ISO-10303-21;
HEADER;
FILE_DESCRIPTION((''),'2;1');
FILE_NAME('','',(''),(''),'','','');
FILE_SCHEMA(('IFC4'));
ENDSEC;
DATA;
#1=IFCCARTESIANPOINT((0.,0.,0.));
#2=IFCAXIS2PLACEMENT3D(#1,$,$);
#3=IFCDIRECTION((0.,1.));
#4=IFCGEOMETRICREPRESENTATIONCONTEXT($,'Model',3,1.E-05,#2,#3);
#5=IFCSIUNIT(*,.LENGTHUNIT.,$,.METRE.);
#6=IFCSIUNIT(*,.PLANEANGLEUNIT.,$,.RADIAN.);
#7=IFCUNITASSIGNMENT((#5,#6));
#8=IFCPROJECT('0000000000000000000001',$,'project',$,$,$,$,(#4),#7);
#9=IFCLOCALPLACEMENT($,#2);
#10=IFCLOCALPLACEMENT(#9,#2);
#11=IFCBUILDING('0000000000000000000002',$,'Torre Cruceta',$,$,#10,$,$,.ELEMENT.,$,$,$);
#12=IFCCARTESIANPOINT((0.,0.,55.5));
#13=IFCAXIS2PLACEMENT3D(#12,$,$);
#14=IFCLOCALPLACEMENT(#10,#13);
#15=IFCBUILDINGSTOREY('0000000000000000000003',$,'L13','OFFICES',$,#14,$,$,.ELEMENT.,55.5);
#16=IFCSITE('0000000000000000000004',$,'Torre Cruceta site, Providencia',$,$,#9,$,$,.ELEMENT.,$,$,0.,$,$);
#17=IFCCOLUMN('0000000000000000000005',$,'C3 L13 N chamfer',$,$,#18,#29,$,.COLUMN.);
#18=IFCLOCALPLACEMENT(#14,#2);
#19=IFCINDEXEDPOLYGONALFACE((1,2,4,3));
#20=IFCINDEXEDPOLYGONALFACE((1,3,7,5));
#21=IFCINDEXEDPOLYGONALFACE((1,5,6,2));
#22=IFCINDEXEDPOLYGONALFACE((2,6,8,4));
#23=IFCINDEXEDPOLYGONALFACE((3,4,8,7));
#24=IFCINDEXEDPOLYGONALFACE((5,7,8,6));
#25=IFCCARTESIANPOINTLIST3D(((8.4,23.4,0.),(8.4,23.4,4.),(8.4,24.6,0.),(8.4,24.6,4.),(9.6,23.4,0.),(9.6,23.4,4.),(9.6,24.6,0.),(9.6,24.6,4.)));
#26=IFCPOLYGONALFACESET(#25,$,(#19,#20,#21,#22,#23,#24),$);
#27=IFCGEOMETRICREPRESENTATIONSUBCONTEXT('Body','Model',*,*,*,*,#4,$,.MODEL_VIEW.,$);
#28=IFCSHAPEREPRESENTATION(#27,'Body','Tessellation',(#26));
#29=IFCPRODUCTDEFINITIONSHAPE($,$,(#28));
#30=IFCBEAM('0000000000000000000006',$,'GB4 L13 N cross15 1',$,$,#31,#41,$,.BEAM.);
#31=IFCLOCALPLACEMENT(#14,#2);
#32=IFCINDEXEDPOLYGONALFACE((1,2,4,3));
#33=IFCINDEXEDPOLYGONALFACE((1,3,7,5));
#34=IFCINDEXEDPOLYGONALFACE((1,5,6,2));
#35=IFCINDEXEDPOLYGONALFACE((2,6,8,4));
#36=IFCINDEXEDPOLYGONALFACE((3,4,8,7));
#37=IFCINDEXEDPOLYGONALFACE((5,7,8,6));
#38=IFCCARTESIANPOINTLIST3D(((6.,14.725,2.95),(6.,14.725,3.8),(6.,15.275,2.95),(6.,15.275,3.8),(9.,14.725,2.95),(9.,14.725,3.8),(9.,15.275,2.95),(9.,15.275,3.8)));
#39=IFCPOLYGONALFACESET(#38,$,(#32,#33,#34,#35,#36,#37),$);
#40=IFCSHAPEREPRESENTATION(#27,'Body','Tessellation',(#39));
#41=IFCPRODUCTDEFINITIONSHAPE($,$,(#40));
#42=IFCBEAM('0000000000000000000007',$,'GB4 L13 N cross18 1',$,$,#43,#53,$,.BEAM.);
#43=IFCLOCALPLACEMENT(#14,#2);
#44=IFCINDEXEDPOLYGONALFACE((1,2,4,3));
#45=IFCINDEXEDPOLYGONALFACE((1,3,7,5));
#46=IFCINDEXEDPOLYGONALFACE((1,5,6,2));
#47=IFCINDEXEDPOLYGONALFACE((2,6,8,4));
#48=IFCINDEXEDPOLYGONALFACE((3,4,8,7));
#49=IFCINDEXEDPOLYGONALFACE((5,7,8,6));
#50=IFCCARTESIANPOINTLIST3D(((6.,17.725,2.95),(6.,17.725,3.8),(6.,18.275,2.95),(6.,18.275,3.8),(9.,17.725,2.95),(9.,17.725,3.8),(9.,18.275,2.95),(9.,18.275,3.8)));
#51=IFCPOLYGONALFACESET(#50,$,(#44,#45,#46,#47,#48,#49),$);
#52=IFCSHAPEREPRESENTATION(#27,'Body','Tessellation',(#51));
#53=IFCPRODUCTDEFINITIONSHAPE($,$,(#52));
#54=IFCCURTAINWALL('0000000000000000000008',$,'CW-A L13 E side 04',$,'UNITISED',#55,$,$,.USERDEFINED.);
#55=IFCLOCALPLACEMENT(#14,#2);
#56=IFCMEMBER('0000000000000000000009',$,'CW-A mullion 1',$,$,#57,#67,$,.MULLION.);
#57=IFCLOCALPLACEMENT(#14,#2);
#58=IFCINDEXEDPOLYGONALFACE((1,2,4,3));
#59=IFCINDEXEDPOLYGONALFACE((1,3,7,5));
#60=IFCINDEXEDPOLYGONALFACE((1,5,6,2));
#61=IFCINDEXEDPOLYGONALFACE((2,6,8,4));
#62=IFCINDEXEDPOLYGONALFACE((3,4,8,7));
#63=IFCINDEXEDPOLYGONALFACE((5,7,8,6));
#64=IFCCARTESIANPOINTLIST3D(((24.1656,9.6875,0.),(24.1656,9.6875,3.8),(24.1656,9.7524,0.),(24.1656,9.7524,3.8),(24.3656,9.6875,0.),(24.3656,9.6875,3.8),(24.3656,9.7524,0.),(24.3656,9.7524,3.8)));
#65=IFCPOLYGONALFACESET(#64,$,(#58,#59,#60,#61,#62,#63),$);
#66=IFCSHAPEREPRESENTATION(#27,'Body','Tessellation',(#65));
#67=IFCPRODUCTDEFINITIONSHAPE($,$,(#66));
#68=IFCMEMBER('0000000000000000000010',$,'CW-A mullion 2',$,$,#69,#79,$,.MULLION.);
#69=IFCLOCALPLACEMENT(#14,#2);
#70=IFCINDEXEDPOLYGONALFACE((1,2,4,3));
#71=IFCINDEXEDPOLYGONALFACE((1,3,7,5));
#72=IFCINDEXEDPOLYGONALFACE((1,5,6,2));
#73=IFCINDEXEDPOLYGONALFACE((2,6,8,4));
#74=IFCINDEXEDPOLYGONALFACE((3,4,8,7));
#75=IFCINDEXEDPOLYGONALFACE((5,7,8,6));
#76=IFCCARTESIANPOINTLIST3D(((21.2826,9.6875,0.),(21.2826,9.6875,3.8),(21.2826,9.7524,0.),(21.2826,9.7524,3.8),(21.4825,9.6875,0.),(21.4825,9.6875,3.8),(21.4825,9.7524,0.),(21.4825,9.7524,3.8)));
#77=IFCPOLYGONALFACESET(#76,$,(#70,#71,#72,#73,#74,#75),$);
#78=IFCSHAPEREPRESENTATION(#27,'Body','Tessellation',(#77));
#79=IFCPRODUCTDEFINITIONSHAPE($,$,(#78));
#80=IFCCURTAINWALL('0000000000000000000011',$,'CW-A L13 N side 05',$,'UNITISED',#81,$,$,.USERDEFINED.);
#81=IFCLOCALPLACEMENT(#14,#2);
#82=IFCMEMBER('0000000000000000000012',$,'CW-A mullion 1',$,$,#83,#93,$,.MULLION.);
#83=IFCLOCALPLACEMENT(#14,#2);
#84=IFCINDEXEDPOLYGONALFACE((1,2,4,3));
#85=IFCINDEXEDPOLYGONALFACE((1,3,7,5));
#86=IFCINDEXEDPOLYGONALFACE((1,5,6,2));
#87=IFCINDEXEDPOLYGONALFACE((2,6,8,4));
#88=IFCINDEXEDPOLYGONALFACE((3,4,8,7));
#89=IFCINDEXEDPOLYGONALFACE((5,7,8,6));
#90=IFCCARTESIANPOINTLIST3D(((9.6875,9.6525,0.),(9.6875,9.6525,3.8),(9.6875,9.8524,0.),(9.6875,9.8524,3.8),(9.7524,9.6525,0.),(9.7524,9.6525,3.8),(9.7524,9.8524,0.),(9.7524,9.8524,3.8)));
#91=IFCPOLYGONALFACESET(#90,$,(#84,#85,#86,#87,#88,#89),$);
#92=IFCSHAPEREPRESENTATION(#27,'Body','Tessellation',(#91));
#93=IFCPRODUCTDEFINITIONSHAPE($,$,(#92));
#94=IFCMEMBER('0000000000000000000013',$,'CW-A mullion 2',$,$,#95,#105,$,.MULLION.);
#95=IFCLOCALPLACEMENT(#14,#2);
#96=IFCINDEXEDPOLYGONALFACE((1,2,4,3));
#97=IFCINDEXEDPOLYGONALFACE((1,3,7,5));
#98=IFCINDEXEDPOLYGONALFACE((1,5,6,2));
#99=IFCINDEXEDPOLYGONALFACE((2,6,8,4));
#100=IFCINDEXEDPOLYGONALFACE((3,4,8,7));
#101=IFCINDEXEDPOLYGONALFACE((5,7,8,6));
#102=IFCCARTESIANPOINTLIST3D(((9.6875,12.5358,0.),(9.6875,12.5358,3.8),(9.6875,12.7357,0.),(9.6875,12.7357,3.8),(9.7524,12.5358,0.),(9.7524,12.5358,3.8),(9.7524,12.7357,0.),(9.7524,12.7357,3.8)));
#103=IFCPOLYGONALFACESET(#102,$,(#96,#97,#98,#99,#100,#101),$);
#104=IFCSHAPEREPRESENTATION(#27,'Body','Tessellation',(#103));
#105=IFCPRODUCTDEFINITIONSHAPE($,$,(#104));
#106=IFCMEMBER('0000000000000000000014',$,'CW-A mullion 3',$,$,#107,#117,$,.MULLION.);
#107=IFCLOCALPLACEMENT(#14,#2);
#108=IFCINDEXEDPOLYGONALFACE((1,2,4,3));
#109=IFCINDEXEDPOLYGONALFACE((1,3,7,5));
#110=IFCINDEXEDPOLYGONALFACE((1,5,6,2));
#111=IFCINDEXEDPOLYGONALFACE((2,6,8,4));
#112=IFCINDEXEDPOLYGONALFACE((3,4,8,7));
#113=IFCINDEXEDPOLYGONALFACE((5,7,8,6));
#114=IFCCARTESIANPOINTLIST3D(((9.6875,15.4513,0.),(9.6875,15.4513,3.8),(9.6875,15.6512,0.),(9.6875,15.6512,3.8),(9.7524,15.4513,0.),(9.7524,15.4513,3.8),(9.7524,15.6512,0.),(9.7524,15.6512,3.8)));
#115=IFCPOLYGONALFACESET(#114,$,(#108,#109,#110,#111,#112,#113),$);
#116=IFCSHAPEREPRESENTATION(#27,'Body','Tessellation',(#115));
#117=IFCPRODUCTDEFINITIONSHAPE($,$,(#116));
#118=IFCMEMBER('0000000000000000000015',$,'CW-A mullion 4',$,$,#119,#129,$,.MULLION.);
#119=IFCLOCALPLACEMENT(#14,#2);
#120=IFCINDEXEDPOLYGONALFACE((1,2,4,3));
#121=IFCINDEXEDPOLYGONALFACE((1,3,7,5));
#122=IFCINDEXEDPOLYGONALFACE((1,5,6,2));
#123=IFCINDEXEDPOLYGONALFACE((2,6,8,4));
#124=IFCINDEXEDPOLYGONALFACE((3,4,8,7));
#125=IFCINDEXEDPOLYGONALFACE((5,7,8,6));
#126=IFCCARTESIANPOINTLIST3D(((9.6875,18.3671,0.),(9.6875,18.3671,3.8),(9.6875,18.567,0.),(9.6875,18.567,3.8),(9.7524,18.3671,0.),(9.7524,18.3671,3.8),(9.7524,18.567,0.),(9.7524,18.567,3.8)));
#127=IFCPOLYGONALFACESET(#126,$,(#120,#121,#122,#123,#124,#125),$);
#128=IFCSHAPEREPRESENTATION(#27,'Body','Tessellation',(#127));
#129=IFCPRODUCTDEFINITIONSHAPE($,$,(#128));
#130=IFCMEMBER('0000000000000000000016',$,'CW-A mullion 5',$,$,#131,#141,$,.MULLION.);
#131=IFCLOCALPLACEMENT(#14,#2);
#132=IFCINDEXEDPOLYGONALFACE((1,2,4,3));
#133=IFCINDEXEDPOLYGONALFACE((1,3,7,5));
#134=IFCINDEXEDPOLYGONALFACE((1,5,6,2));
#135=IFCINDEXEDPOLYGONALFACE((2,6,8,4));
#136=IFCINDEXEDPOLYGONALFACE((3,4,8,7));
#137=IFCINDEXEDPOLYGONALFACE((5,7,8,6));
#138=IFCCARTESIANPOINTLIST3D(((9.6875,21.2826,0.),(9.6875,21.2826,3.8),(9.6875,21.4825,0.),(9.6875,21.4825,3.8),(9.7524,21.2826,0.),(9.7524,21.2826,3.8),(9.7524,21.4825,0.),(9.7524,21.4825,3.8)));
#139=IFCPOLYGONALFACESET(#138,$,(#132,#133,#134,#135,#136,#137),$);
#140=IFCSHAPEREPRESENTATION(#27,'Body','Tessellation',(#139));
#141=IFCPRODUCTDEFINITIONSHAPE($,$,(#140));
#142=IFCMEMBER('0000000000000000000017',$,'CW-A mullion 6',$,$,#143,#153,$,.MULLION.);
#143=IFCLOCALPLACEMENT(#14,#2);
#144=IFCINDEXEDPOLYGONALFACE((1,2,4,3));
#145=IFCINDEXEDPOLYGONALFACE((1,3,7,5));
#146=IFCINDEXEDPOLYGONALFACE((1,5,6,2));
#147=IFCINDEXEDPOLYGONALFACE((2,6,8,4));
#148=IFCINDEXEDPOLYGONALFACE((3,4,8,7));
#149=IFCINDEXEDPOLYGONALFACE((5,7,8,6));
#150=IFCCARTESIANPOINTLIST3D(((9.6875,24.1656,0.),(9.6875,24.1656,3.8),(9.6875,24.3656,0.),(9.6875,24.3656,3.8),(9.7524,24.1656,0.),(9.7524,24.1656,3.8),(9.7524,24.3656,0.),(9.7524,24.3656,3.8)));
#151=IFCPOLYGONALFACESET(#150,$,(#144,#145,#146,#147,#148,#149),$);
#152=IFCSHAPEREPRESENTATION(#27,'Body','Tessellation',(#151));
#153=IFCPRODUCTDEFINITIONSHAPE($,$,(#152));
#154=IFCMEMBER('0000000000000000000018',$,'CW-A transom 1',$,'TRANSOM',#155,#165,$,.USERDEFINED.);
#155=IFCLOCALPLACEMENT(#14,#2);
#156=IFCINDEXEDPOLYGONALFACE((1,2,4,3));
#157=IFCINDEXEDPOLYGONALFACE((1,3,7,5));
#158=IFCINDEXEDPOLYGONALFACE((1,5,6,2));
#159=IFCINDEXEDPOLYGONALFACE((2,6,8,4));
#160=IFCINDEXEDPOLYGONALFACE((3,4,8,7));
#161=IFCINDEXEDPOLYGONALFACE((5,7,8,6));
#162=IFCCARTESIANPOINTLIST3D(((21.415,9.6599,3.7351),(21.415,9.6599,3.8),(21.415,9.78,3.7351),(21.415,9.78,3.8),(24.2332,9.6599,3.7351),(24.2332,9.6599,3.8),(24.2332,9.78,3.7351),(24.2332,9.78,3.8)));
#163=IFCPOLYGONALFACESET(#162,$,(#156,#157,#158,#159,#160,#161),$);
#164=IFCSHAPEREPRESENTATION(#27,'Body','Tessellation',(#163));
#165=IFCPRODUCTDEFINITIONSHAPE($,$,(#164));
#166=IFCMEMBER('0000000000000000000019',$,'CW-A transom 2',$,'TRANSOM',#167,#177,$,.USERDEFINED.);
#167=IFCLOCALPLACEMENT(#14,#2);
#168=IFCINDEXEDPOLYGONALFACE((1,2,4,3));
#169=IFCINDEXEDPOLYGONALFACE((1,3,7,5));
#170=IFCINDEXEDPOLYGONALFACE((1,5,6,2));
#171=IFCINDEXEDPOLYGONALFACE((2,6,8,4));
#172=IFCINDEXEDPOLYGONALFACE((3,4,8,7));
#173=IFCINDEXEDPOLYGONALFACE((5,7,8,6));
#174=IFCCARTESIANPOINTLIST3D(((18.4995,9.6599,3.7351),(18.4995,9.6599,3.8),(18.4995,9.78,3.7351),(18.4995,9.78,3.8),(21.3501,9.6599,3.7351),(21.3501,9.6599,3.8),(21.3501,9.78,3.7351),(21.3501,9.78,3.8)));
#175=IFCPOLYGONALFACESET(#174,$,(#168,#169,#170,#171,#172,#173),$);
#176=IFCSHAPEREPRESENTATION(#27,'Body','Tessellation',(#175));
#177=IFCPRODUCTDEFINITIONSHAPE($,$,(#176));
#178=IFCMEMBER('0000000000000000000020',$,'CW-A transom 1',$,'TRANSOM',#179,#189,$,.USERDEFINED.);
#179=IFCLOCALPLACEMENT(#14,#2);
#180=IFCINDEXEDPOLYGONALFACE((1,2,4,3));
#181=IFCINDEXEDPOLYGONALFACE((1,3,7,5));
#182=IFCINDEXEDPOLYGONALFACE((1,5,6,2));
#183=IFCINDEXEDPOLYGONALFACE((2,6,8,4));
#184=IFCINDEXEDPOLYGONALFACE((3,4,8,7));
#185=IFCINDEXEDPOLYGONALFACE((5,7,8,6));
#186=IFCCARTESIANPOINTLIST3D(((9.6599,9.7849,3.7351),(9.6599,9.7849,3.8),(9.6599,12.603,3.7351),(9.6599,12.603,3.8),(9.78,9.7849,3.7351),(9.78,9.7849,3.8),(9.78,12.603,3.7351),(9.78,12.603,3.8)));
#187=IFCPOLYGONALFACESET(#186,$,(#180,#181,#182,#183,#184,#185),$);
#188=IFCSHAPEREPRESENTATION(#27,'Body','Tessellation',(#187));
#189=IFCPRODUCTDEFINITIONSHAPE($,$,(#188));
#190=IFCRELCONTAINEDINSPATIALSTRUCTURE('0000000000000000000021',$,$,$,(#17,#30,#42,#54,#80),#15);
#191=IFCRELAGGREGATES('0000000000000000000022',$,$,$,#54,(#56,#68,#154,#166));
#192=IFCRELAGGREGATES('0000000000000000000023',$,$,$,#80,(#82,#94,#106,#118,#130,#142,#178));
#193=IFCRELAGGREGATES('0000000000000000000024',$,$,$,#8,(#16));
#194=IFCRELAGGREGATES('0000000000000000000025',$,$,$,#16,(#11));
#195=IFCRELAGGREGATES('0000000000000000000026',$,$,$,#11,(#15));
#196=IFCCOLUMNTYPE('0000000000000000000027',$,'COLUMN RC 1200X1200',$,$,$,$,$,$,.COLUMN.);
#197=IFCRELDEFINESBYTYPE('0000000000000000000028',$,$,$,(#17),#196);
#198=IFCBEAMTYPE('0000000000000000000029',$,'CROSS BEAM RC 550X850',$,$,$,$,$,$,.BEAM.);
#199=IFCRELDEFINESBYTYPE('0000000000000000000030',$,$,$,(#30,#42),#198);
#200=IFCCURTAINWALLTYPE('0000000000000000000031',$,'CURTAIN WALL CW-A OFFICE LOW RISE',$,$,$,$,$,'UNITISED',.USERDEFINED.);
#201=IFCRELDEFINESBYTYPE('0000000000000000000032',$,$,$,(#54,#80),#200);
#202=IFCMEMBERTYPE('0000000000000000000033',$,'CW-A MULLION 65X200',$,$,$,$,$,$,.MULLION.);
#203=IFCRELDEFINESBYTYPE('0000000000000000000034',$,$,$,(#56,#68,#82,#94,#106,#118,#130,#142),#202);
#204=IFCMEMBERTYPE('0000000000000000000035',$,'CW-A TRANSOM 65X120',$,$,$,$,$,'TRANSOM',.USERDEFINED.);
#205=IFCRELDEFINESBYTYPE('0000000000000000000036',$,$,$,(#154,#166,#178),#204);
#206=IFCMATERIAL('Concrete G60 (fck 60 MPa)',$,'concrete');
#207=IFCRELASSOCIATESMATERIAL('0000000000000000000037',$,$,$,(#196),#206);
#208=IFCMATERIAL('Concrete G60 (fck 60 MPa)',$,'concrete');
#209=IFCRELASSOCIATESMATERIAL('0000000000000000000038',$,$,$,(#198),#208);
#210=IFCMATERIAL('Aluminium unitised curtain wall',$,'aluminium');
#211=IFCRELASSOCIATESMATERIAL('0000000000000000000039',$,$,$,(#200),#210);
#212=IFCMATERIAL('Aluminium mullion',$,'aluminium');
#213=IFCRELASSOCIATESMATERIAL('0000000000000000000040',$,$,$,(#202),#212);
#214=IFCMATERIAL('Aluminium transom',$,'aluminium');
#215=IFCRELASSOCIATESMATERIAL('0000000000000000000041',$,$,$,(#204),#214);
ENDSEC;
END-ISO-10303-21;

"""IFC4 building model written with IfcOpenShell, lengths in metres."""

from ifc_helpers import new_model, si_unit, direction, frame, origin, origin_2d, place, context, subcontext, project, spatial, rectangle, extrude, material, material_profile, profile_set, type_object, element, aggregate, save


model = new_model("IFC4")

# Units and contexts
model_context = context("Model", 3, precision=1e-05, world=origin(), true_north=direction((0.0, 1.0)))
body_context = subcontext(model_context, "Body", "Model", "MODEL_VIEW")
ifc_project = project(units=[si_unit("LENGTHUNIT", "METRE"), si_unit("PLANEANGLEUNIT", "RADIAN")], contexts=[model_context])

# Site, building, storey
site_placement = place(None, origin())
site = spatial("IfcSite", under=ifc_project, at=site_placement, Name="Torre Cruceta site, Providencia", CompositionType="ELEMENT", RefElevation=0.0)
building_placement = place(site_placement, origin())
building = spatial("IfcBuilding", under=site, at=building_placement, Name="Torre Cruceta", CompositionType="ELEMENT")
storey_placement = place(building_placement, frame((0.0, 0.0, 55.5)))
storey = spatial("IfcBuildingStorey", under=building, at=storey_placement, Name="L13", Description="OFFICES", CompositionType="ELEMENT", Elevation=55.5)

# Column
ifc_material_1 = material(Name="Concrete G60 (fck 60 MPa)", Category="concrete")
ifc_material_profile_1 = material_profile(ifc_material_1, rectangle(XDim=1.2, YDim=1.2, at=origin_2d()), Name="RC 1200X1200")
ifc_profile_set_1 = profile_set([ifc_material_profile_1], Name="Concrete G60 (fck 60 MPa)")
column_type = type_object("IfcColumnType", Name="COLUMN RC 1200X1200", PredefinedType="COLUMN", material=ifc_profile_set_1)
column_placement = place(storey_placement, frame((9.0, 24.0, 0.0), z_axis=(0.0, 0.0, 1.0), x_axis=(1.0, 0.0, 0.0)))
element("IfcColumn", 1, at=column_placement, inside=storey, type_object=column_type, Name="C3 L13 N chamfer", PredefinedType="COLUMN", context=body_context, shape_type="SweptSolid", body=[
    extrude(rectangle(XDim=1.2, YDim=1.2, at=origin_2d()), origin(), (0.0, 0.0, 1.0), 4.0),
])

# Beams
ifc_material_2 = material(Name="Concrete G60 (fck 60 MPa)", Category="concrete")
ifc_material_profile_2 = material_profile(ifc_material_2, rectangle(XDim=0.55, YDim=0.8501, at=origin_2d()), Name="RC 550X850")
ifc_profile_set_2 = profile_set([ifc_material_profile_2], Name="Concrete G60 (fck 60 MPa)")
beam_type_1 = type_object("IfcBeamType", Name="CROSS BEAM RC 550X850", PredefinedType="BEAM", material=ifc_profile_set_2)
for number, where, z_axis, x_axis, name in (
    (2, (9.0, 15.0, 3.375), (-1.0, 0.0, 0.0), (0.0, -1.0, 0.0), "GB4 L13 N cross15 1"),
    (3, (9.0, 18.0, 3.375), (-1.0, 0.0, 0.0), (0.0, -1.0, 0.0), "GB4 L13 N cross18 1"),
):
    element("IfcBeam", number, at=place(storey_placement, frame(where, z_axis=z_axis, x_axis=x_axis)), inside=storey, type_object=beam_type_1, Name=name, PredefinedType="BEAM", context=body_context, shape_type="SweptSolid", body=[
        extrude(rectangle(XDim=0.55, YDim=0.8501, at=origin_2d()), origin(), (0.0, 0.0, 1.0), 3.0),
    ])

# Curtain walls, members
ifc_material_3 = material(Name="Aluminium unitised curtain wall", Category="aluminium")
curtain_wall_type = type_object("IfcCurtainWallType", Name="CURTAIN WALL CW-A OFFICE LOW RISE", ElementType="UNITISED", PredefinedType="USERDEFINED", material=ifc_material_3)
curtain_wall_1_placement = place(storey_placement, origin())
curtain_wall_1 = element("IfcCurtainWall", 4, at=curtain_wall_1_placement, inside=storey, type_object=curtain_wall_type, Name="CW-A L13 E side 04", ObjectType="UNITISED", PredefinedType="USERDEFINED")
ifc_material_4 = material(Name="Aluminium mullion", Category="aluminium")
ifc_material_profile_3 = material_profile(ifc_material_4, rectangle(XDim=0.0649, YDim=0.2, at=origin_2d()), Name="AL 65X200")
ifc_profile_set_3 = profile_set([ifc_material_profile_3], Name="Aluminium mullion")
member_type_1 = type_object("IfcMemberType", Name="CW-A MULLION 65X200", PredefinedType="MULLION", material=ifc_profile_set_3)
member_1_placement = place(storey_placement, frame((24.2656, 9.72, 0.0), z_axis=(0.0, 0.0, 1.0), x_axis=(0.0, -1.0, 0.0)))
member_1 = element("IfcMember", 5, at=member_1_placement, type_object=member_type_1, Name="CW-A mullion 1", PredefinedType="MULLION", context=body_context, shape_type="SweptSolid", body=[
    extrude(rectangle(XDim=0.0649, YDim=0.2, at=origin_2d()), origin(), (0.0, 0.0, 1.0), 3.8),
])
member_2_placement = place(storey_placement, frame((21.3826, 9.72, 0.0), z_axis=(0.0, 0.0, 1.0), x_axis=(0.0, -1.0, 0.0)))
member_2 = element("IfcMember", 6, at=member_2_placement, type_object=member_type_1, Name="CW-A mullion 2", PredefinedType="MULLION", context=body_context, shape_type="SweptSolid", body=[
    extrude(rectangle(XDim=0.0649, YDim=0.2, at=origin_2d()), origin(), (0.0, 0.0, 1.0), 3.8),
])
curtain_wall_2_placement = place(storey_placement, origin())
curtain_wall_2 = element("IfcCurtainWall", 7, at=curtain_wall_2_placement, inside=storey, type_object=curtain_wall_type, Name="CW-A L13 N side 05", ObjectType="UNITISED", PredefinedType="USERDEFINED")
member_3_placement = place(storey_placement, frame((9.72, 9.7524, 0.0), z_axis=(0.0, 0.0, 1.0), x_axis=(-1.0, 0.0, 0.0)))
member_3 = element("IfcMember", 8, at=member_3_placement, type_object=member_type_1, Name="CW-A mullion 1", PredefinedType="MULLION", context=body_context, shape_type="SweptSolid", body=[
    extrude(rectangle(XDim=0.0649, YDim=0.2, at=origin_2d()), origin(), (0.0, 0.0, 1.0), 3.8),
])
member_4_placement = place(storey_placement, frame((9.72, 12.6357, 0.0), z_axis=(0.0, 0.0, 1.0), x_axis=(-1.0, 0.0, 0.0)))
member_4 = element("IfcMember", 9, at=member_4_placement, type_object=member_type_1, Name="CW-A mullion 2", PredefinedType="MULLION", context=body_context, shape_type="SweptSolid", body=[
    extrude(rectangle(XDim=0.0649, YDim=0.2, at=origin_2d()), origin(), (0.0, 0.0, 1.0), 3.8),
])
member_5_placement = place(storey_placement, frame((9.72, 15.5513, 0.0), z_axis=(0.0, 0.0, 1.0), x_axis=(-1.0, 0.0, 0.0)))
member_5 = element("IfcMember", 10, at=member_5_placement, type_object=member_type_1, Name="CW-A mullion 3", PredefinedType="MULLION", context=body_context, shape_type="SweptSolid", body=[
    extrude(rectangle(XDim=0.0649, YDim=0.2, at=origin_2d()), origin(), (0.0, 0.0, 1.0), 3.8),
])
member_6_placement = place(storey_placement, frame((9.72, 18.467, 0.0), z_axis=(0.0, 0.0, 1.0), x_axis=(-1.0, 0.0, 0.0)))
member_6 = element("IfcMember", 11, at=member_6_placement, type_object=member_type_1, Name="CW-A mullion 4", PredefinedType="MULLION", context=body_context, shape_type="SweptSolid", body=[
    extrude(rectangle(XDim=0.0649, YDim=0.2, at=origin_2d()), origin(), (0.0, 0.0, 1.0), 3.8),
])
member_7_placement = place(storey_placement, frame((9.72, 21.3826, 0.0), z_axis=(0.0, 0.0, 1.0), x_axis=(-1.0, 0.0, 0.0)))
member_7 = element("IfcMember", 12, at=member_7_placement, type_object=member_type_1, Name="CW-A mullion 5", PredefinedType="MULLION", context=body_context, shape_type="SweptSolid", body=[
    extrude(rectangle(XDim=0.0649, YDim=0.2, at=origin_2d()), origin(), (0.0, 0.0, 1.0), 3.8),
])
member_8_placement = place(storey_placement, frame((9.72, 24.2656, 0.0), z_axis=(0.0, 0.0, 1.0), x_axis=(-1.0, 0.0, 0.0)))
member_8 = element("IfcMember", 13, at=member_8_placement, type_object=member_type_1, Name="CW-A mullion 6", PredefinedType="MULLION", context=body_context, shape_type="SweptSolid", body=[
    extrude(rectangle(XDim=0.0649, YDim=0.2, at=origin_2d()), origin(), (0.0, 0.0, 1.0), 3.8),
])

# Members
ifc_material_5 = material(Name="Aluminium transom", Category="aluminium")
ifc_material_profile_4 = material_profile(ifc_material_5, rectangle(XDim=0.1201, YDim=0.0649, at=origin_2d()), Name="AL 120X65")
ifc_profile_set_4 = profile_set([ifc_material_profile_4], Name="Aluminium transom")
member_type_2 = type_object("IfcMemberType", Name="CW-A TRANSOM 65X120", ElementType="TRANSOM", PredefinedType="USERDEFINED", material=ifc_profile_set_4)
member_9_placement = place(storey_placement, frame((24.2332, 9.72, 3.7676), z_axis=(-1.0, 0.0, 0.0), x_axis=(0.0, -1.0, 0.0)))
member_9 = element("IfcMember", 14, at=member_9_placement, type_object=member_type_2, Name="CW-A transom 1", ObjectType="TRANSOM", PredefinedType="USERDEFINED", context=body_context, shape_type="SweptSolid", body=[
    extrude(rectangle(XDim=0.1201, YDim=0.0649, at=origin_2d()), origin(), (0.0, 0.0, 1.0), 2.8181),
])
member_10_placement = place(storey_placement, frame((21.3501, 9.72, 3.7676), z_axis=(-1.0, 0.0, 0.0), x_axis=(0.0, -1.0, 0.0)))
member_10 = element("IfcMember", 15, at=member_10_placement, type_object=member_type_2, Name="CW-A transom 2", ObjectType="TRANSOM", PredefinedType="USERDEFINED", context=body_context, shape_type="SweptSolid", body=[
    extrude(rectangle(XDim=0.1201, YDim=0.0649, at=origin_2d()), origin(), (0.0, 0.0, 1.0), 2.8506),
])
member_11_placement = place(storey_placement, frame((9.72, 9.7849, 3.7676), z_axis=(0.0, 1.0, 0.0), x_axis=(-1.0, 0.0, 0.0)))
member_11 = element("IfcMember", 16, at=member_11_placement, type_object=member_type_2, Name="CW-A transom 1", ObjectType="TRANSOM", PredefinedType="USERDEFINED", context=body_context, shape_type="SweptSolid", body=[
    extrude(rectangle(XDim=0.1201, YDim=0.0649, at=origin_2d()), origin(), (0.0, 0.0, 1.0), 2.8181),
])

aggregate(curtain_wall_1, [member_1, member_2, member_9, member_10])
aggregate(curtain_wall_2, [member_3, member_4, member_5, member_6, member_7, member_8, member_11])

save(model, "model.ifc")
